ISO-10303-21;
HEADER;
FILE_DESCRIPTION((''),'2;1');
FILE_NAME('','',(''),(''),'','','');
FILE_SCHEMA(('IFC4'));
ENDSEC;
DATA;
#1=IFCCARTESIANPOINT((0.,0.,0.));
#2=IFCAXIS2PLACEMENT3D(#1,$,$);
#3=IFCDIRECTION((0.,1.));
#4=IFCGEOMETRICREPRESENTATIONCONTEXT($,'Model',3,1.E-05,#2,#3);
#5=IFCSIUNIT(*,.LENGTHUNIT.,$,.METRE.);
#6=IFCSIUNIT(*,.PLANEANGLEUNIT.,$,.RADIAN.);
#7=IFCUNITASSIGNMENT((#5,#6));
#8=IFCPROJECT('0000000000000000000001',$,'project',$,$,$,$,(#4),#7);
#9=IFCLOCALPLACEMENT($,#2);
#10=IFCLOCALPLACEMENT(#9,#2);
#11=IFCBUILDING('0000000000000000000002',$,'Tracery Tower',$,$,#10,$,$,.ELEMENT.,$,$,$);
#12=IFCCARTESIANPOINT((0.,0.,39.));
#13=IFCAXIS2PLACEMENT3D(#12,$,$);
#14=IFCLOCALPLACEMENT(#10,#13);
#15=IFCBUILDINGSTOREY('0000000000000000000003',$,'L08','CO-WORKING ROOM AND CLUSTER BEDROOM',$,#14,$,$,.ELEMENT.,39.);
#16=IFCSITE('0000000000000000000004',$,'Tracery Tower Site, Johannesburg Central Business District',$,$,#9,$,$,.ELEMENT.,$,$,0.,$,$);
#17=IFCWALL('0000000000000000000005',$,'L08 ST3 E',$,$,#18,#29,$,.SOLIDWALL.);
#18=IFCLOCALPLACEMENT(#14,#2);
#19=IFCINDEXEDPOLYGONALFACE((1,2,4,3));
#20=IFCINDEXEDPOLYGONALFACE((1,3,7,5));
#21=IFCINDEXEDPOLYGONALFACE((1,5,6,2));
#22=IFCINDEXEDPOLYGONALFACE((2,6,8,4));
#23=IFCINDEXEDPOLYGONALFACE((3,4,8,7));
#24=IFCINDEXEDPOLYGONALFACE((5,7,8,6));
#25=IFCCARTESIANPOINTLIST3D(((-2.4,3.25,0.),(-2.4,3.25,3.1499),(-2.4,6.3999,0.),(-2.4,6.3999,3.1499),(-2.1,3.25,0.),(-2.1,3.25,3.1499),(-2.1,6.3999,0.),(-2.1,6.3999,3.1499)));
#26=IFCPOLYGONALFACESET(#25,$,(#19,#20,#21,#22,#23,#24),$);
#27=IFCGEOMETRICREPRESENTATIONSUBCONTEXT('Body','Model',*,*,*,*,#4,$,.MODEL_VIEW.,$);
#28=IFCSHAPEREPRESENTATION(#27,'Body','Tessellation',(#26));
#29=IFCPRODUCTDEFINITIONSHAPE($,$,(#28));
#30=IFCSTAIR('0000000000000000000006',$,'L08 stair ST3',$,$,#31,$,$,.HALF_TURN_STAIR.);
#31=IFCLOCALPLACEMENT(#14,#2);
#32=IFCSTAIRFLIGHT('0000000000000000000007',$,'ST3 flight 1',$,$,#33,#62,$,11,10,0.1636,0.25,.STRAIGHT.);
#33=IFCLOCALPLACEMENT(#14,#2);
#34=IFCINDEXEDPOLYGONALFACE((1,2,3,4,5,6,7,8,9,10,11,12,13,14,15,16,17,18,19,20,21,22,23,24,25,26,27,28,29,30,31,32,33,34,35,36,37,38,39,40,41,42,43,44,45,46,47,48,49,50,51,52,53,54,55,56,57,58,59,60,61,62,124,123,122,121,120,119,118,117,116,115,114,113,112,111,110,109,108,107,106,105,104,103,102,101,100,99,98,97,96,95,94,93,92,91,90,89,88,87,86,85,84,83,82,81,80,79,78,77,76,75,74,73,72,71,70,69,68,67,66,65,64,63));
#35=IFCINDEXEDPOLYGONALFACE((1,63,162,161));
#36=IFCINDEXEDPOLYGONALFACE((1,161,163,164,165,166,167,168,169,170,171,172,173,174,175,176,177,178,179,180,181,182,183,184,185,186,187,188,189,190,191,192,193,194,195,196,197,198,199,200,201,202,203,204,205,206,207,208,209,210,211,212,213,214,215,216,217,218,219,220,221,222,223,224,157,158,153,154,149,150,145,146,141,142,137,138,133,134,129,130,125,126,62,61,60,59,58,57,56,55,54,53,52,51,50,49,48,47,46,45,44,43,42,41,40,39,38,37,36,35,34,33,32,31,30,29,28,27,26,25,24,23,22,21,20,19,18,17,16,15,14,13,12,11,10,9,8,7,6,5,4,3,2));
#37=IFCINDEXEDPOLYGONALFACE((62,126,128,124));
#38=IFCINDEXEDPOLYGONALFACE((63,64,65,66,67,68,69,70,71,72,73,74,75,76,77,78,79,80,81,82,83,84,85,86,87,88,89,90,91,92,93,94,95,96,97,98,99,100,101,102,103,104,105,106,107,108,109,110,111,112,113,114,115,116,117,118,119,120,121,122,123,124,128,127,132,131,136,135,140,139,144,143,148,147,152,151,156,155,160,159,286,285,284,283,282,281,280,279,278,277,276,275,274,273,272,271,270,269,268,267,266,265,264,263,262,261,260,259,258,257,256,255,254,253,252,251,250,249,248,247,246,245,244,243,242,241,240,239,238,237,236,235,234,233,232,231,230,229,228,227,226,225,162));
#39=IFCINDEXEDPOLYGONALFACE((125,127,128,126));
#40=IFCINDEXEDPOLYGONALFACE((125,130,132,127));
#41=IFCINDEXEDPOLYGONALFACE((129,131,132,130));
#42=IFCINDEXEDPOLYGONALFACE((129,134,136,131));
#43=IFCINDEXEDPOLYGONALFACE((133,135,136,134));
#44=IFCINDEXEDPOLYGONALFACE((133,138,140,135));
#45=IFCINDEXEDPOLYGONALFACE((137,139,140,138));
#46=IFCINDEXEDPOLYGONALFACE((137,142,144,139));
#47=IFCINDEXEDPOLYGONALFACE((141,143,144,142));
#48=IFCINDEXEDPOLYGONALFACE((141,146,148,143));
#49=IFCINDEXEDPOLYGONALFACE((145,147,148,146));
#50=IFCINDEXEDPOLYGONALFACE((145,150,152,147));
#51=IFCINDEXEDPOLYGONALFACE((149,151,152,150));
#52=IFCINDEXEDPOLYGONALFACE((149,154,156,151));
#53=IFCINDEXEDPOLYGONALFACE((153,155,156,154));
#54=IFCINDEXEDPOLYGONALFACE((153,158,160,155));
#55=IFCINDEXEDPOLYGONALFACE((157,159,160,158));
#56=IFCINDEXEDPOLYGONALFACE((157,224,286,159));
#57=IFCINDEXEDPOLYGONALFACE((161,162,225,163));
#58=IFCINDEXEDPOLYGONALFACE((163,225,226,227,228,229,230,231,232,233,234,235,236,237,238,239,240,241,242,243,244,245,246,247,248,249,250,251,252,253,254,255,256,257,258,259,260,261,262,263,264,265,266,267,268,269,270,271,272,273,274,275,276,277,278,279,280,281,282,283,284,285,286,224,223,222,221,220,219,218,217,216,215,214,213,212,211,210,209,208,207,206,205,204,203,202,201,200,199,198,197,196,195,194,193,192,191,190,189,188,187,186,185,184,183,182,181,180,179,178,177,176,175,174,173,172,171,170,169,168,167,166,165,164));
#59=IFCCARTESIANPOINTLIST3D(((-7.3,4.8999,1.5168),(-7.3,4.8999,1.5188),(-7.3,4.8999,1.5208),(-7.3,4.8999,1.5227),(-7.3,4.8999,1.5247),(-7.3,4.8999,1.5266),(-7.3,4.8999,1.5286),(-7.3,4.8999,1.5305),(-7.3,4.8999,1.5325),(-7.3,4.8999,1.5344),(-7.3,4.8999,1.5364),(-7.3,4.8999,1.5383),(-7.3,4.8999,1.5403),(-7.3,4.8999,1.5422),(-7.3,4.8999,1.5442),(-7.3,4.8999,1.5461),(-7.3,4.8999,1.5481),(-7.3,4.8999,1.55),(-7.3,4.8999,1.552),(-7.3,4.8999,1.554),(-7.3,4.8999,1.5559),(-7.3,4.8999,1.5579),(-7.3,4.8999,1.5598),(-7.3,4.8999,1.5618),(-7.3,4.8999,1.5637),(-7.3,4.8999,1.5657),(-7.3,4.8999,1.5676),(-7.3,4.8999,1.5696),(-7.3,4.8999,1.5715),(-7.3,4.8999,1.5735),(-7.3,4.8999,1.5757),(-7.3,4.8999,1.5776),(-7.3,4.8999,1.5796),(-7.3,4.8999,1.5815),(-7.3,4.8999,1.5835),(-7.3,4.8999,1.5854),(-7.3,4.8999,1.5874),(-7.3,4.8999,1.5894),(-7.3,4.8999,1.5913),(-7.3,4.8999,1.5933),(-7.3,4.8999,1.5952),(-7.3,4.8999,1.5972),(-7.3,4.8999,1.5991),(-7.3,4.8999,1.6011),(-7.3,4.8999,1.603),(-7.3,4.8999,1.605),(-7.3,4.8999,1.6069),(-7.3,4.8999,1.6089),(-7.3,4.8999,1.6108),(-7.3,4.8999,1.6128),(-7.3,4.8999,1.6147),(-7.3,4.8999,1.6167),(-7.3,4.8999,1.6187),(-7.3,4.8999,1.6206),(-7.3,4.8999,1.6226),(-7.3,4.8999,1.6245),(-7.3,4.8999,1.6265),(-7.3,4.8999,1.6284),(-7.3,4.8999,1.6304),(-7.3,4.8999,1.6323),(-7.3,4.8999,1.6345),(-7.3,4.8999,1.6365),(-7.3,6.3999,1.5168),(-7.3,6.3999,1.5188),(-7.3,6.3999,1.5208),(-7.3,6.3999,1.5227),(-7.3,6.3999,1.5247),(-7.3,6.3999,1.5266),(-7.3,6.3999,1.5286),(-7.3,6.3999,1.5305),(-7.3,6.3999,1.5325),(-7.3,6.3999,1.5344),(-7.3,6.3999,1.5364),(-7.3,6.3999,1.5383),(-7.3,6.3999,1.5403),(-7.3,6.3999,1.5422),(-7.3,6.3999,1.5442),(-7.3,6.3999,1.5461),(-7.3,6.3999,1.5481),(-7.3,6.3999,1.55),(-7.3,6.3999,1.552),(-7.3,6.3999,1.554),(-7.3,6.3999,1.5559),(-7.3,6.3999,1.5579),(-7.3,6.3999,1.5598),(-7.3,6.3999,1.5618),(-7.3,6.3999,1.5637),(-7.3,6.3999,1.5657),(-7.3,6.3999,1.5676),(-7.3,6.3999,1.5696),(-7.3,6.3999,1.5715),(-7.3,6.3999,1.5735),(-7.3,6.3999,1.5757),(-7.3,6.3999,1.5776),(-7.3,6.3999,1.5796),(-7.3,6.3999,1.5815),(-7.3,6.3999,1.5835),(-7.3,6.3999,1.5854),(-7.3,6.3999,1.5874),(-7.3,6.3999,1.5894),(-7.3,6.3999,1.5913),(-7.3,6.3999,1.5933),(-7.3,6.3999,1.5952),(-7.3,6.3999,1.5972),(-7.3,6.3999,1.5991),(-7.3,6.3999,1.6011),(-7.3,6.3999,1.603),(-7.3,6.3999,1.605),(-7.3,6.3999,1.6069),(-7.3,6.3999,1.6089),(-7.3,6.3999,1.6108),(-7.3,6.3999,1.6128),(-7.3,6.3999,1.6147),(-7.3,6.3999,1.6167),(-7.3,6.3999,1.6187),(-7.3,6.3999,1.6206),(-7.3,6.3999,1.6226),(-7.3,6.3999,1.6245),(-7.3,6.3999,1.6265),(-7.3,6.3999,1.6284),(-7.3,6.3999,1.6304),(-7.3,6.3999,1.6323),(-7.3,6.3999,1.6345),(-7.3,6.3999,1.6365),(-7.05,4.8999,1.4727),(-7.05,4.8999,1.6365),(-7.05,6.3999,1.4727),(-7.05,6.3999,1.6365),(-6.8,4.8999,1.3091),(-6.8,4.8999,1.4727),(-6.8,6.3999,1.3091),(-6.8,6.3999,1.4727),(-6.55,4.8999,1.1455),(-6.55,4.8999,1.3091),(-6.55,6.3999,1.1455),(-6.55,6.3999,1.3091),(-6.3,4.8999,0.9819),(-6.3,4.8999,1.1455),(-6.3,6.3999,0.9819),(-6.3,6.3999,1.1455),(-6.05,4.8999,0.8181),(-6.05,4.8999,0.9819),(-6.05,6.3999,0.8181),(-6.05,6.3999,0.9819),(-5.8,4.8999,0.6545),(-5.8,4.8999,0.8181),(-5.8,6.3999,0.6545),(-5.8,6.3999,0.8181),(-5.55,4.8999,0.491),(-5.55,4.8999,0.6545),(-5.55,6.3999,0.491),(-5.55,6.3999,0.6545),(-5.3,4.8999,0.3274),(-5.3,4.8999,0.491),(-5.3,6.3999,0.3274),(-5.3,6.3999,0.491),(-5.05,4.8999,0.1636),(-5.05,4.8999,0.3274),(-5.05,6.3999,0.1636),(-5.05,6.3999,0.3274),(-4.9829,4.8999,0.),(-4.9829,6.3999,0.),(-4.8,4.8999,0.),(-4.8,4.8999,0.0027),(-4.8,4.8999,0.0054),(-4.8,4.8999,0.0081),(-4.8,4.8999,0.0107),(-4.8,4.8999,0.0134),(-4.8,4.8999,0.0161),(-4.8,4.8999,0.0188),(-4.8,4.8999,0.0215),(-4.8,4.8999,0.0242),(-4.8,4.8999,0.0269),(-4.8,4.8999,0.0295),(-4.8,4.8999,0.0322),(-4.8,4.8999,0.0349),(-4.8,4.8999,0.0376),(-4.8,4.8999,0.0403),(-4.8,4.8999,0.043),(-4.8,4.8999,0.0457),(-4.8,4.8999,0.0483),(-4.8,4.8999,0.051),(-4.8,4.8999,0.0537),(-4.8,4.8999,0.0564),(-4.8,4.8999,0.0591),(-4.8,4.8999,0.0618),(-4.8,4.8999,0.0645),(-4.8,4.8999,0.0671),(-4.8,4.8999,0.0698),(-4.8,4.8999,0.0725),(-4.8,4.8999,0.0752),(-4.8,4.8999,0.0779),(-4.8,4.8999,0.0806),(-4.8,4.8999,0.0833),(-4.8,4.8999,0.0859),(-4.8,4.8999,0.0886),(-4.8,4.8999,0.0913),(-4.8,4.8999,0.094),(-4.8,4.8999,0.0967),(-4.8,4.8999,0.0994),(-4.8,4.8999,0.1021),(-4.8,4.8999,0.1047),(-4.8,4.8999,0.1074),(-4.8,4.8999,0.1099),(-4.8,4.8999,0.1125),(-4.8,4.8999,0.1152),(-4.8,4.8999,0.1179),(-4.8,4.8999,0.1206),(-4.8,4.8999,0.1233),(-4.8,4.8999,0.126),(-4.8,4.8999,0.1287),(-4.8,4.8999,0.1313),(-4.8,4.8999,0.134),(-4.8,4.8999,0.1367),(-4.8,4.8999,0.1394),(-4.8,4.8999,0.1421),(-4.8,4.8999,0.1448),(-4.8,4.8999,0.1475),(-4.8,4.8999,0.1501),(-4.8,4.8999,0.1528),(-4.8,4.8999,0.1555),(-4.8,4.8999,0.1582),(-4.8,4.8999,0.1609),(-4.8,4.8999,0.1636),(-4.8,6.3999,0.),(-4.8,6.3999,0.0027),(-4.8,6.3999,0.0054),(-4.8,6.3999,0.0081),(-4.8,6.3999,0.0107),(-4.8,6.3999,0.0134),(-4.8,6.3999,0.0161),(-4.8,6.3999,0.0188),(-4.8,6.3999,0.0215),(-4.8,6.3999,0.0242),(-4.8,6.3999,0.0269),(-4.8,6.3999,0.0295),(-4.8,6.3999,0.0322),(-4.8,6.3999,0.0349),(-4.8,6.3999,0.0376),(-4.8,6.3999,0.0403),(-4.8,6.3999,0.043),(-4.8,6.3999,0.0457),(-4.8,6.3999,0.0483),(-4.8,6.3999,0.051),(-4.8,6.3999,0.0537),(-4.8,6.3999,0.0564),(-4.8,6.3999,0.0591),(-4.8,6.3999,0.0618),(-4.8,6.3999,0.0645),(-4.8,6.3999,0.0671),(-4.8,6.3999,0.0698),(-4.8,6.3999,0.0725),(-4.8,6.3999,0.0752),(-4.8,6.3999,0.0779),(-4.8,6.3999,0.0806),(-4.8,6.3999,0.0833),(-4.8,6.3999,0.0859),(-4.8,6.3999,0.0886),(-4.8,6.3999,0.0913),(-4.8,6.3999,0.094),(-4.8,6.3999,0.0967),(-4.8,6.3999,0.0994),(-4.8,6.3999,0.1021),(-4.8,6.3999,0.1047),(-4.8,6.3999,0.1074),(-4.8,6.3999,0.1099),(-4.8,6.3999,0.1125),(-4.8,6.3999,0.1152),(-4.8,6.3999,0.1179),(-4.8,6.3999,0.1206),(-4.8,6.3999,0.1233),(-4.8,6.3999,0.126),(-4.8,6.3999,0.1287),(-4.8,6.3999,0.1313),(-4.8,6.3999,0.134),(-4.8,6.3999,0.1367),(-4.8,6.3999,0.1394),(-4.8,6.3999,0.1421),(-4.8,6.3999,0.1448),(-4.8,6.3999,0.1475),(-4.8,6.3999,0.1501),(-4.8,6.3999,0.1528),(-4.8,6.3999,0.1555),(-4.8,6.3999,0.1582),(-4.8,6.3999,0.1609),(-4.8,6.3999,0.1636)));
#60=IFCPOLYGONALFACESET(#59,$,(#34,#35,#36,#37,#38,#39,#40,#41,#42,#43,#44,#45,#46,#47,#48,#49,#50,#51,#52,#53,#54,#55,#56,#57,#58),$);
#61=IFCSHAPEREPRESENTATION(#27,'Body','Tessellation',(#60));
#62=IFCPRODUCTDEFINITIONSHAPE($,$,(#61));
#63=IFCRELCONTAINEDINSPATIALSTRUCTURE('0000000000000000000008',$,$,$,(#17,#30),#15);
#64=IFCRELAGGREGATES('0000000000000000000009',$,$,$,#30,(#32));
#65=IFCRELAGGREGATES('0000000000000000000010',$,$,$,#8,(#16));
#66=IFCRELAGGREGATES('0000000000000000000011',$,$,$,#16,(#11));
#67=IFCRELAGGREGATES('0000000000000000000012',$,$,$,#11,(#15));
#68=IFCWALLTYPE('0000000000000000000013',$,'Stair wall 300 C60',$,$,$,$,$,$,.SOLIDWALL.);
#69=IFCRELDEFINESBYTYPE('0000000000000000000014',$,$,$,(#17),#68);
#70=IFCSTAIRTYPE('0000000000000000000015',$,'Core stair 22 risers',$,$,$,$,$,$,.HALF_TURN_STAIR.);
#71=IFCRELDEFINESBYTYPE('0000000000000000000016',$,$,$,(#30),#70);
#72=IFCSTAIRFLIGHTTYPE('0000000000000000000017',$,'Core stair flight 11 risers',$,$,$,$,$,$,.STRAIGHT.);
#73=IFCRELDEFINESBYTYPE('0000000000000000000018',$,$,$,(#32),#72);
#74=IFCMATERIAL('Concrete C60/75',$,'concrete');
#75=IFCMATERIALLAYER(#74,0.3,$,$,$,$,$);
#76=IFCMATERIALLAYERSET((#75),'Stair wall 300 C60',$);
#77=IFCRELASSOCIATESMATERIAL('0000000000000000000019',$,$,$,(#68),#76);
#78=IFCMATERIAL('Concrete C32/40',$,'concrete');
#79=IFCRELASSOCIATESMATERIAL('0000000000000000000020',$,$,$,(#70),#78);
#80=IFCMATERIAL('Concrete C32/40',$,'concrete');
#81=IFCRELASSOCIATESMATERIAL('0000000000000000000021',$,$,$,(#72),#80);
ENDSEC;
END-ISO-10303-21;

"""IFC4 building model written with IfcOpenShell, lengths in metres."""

from ifc_helpers import new_model, si_unit, direction, frame, frame_2d, origin, place, context, subcontext, project, spatial, polyline, rectangle, outline, extrude, material, layer, layer_set, type_object, element, aggregate, save


model = new_model("IFC4")

# Units and contexts
model_context = context("Model", 3, precision=1e-05, world=origin(), true_north=direction((0.0, 1.0)))
body_context = subcontext(model_context, "Body", "Model", "MODEL_VIEW")
ifc_project = project(units=[si_unit("LENGTHUNIT", "METRE"), si_unit("PLANEANGLEUNIT", "RADIAN")], contexts=[model_context])

# Site, building, storey
site_placement = place(None, origin())
site = spatial("IfcSite", under=ifc_project, at=site_placement, Name="Tracery Tower Site, Johannesburg Central Business District", CompositionType="ELEMENT", RefElevation=0.0)
building_placement = place(site_placement, origin())
building = spatial("IfcBuilding", under=site, at=building_placement, Name="Tracery Tower", CompositionType="ELEMENT")
storey_placement = place(building_placement, frame((0.0, 0.0, 39.0)))
storey = spatial("IfcBuildingStorey", under=building, at=storey_placement, Name="L08", Description="CO-WORKING ROOM AND CLUSTER BEDROOM", CompositionType="ELEMENT", Elevation=39.0)

# Wall
ifc_material_1 = material(Name="Concrete C60/75", Category="concrete")
ifc_layer_1 = layer(ifc_material_1, 0.3)
ifc_layer_set_1 = layer_set([ifc_layer_1], Name="Stair wall 300 C60")
wall_type_1 = type_object("IfcWallType", Name="Stair wall 300 C60", PredefinedType="SOLIDWALL", material=ifc_layer_set_1)
wall_1_placement = place(storey_placement, frame((-2.25, 3.25, 0.0), z_axis=(0.0, 0.0, 1.0), x_axis=(0.0, 1.0, 0.0)))
element("IfcWall", 1, at=wall_1_placement, inside=storey, type_object=wall_type_1, Name="L08 ST3 E", PredefinedType="SOLIDWALL", context=body_context, shape_type="SweptSolid", body=[
    extrude(rectangle(XDim=3.1499, YDim=0.3, at=frame_2d((1.575, 0.0))), origin(), (0.0, 0.0, 1.0), 3.1499),
])

# Stair, stair flight
ifc_material_2 = material(Name="Concrete C32/40", Category="concrete")
stair_type = type_object("IfcStairType", Name="Core stair 22 risers", PredefinedType="HALF_TURN_STAIR", material=ifc_material_2)
stair_placement = place(storey_placement, origin())
stair = element("IfcStair", 2, at=stair_placement, inside=storey, type_object=stair_type, Name="L08 stair ST3", PredefinedType="HALF_TURN_STAIR")
ifc_material_3 = material(Name="Concrete C32/40", Category="concrete")
stair_flight_type = type_object("IfcStairFlightType", Name="Core stair flight 11 risers", PredefinedType="STRAIGHT", material=ifc_material_3)
stair_flight_1_placement = place(storey_placement, frame((-4.8, 5.6499, 0.0), z_axis=(0.0, 0.0, 1.0), x_axis=(-1.0, 0.0, 0.0)))
stair_flight_1 = element("IfcStairFlight", 3, at=stair_flight_1_placement, type_object=stair_flight_type, Name="ST3 flight 1", NumberOfRisers=11, NumberOfTreads=10, PredefinedType="STRAIGHT", RiserHeight=0.1636, TreadLength=0.25, context=body_context, shape_type="SweptSolid", body=[
    extrude(outline(polyline([(0.0, 0.0), (0.0, 0.0027), (0.0, 0.0054), (0.0, 0.0081), (0.0, 0.0107), (0.0, 0.0134), (0.0, 0.0161), (0.0, 0.0188), (0.0, 0.0215), (0.0, 0.0242), (0.0, 0.0269), (0.0, 0.0295), (0.0, 0.0322), (0.0, 0.0349), (0.0, 0.0376), (0.0, 0.0403), (0.0, 0.043), (0.0, 0.0457), (0.0, 0.0483), (0.0, 0.051), (0.0, 0.0537), (0.0, 0.0564), (0.0, 0.0591), (0.0, 0.0618), (0.0, 0.0645), (0.0, 0.0671), (0.0, 0.0698), (0.0, 0.0725), (0.0, 0.0752), (0.0, 0.0779), (0.0, 0.0806), (0.0, 0.0833), (0.0, 0.0859), (0.0, 0.0886), (0.0, 0.0913), (0.0, 0.094), (0.0, 0.0967), (0.0, 0.0994), (0.0, 0.1021), (0.0, 0.1047), (0.0, 0.1074), (0.0, 0.1099), (0.0, 0.1125), (0.0, 0.1152), (0.0, 0.1179), (0.0, 0.1206), (0.0, 0.1233), (0.0, 0.126), (0.0, 0.1287), (0.0, 0.1313), (0.0, 0.134), (0.0, 0.1367), (0.0, 0.1394), (0.0, 0.1421), (0.0, 0.1448), (0.0, 0.1475), (0.0, 0.1501), (0.0, 0.1528), (0.0, 0.1555), (0.0, 0.1582), (0.0, 0.1609), (0.0, 0.1636), (0.25, 0.1636), (0.25, 0.3274), (0.5, 0.3274), (0.5, 0.491), (0.75, 0.491), (0.75, 0.6545), (1.0, 0.6545), (1.0, 0.8181), (1.25, 0.8181), (1.25, 0.9819), (1.5, 0.9819), (1.5, 1.1455), (1.75, 1.1455), (1.75, 1.3091), (2.0, 1.3091), (2.0, 1.4727), (2.25, 1.4727), (2.25, 1.6365), (2.5, 1.6365), (2.5, 1.6345), (2.5, 1.6323), (2.5, 1.6304), (2.5, 1.6284), (2.5, 1.6265), (2.5, 1.6245), (2.5, 1.6226), (2.5, 1.6206), (2.5, 1.6187), (2.5, 1.6167), (2.5, 1.6147), (2.5, 1.6128), (2.5, 1.6108), (2.5, 1.6089), (2.5, 1.6069), (2.5, 1.605), (2.5, 1.603), (2.5, 1.6011), (2.5, 1.5991), (2.5, 1.5972), (2.5, 1.5952), (2.5, 1.5933), (2.5, 1.5913), (2.5, 1.5894), (2.5, 1.5874), (2.5, 1.5854), (2.5, 1.5835), (2.5, 1.5815), (2.5, 1.5796), (2.5, 1.5776), (2.5, 1.5757), (2.5, 1.5735), (2.5, 1.5715), (2.5, 1.5696), (2.5, 1.5676), (2.5, 1.5657), (2.5, 1.5637), (2.5, 1.5618), (2.5, 1.5598), (2.5, 1.5579), (2.5, 1.5559), (2.5, 1.554), (2.5, 1.552), (2.5, 1.55), (2.5, 1.5481), (2.5, 1.5461), (2.5, 1.5442), (2.5, 1.5422), (2.5, 1.5403), (2.5, 1.5383), (2.5, 1.5364), (2.5, 1.5344), (2.5, 1.5325), (2.5, 1.5305), (2.5, 1.5286), (2.5, 1.5266), (2.5, 1.5247), (2.5, 1.5227), (2.5, 1.5208), (2.5, 1.5188), (2.5, 1.5168), (0.1829, 0.0), (0.0, 0.0)])), frame((0.0, 0.75, 0.0), z_axis=(0.0, -1.0, 0.0), x_axis=(1.0, 0.0, 0.0)), (0.0, 0.0, 1.0), 1.5),
])
aggregate(stair, [stair_flight_1])

save(model, "model.ifc")
